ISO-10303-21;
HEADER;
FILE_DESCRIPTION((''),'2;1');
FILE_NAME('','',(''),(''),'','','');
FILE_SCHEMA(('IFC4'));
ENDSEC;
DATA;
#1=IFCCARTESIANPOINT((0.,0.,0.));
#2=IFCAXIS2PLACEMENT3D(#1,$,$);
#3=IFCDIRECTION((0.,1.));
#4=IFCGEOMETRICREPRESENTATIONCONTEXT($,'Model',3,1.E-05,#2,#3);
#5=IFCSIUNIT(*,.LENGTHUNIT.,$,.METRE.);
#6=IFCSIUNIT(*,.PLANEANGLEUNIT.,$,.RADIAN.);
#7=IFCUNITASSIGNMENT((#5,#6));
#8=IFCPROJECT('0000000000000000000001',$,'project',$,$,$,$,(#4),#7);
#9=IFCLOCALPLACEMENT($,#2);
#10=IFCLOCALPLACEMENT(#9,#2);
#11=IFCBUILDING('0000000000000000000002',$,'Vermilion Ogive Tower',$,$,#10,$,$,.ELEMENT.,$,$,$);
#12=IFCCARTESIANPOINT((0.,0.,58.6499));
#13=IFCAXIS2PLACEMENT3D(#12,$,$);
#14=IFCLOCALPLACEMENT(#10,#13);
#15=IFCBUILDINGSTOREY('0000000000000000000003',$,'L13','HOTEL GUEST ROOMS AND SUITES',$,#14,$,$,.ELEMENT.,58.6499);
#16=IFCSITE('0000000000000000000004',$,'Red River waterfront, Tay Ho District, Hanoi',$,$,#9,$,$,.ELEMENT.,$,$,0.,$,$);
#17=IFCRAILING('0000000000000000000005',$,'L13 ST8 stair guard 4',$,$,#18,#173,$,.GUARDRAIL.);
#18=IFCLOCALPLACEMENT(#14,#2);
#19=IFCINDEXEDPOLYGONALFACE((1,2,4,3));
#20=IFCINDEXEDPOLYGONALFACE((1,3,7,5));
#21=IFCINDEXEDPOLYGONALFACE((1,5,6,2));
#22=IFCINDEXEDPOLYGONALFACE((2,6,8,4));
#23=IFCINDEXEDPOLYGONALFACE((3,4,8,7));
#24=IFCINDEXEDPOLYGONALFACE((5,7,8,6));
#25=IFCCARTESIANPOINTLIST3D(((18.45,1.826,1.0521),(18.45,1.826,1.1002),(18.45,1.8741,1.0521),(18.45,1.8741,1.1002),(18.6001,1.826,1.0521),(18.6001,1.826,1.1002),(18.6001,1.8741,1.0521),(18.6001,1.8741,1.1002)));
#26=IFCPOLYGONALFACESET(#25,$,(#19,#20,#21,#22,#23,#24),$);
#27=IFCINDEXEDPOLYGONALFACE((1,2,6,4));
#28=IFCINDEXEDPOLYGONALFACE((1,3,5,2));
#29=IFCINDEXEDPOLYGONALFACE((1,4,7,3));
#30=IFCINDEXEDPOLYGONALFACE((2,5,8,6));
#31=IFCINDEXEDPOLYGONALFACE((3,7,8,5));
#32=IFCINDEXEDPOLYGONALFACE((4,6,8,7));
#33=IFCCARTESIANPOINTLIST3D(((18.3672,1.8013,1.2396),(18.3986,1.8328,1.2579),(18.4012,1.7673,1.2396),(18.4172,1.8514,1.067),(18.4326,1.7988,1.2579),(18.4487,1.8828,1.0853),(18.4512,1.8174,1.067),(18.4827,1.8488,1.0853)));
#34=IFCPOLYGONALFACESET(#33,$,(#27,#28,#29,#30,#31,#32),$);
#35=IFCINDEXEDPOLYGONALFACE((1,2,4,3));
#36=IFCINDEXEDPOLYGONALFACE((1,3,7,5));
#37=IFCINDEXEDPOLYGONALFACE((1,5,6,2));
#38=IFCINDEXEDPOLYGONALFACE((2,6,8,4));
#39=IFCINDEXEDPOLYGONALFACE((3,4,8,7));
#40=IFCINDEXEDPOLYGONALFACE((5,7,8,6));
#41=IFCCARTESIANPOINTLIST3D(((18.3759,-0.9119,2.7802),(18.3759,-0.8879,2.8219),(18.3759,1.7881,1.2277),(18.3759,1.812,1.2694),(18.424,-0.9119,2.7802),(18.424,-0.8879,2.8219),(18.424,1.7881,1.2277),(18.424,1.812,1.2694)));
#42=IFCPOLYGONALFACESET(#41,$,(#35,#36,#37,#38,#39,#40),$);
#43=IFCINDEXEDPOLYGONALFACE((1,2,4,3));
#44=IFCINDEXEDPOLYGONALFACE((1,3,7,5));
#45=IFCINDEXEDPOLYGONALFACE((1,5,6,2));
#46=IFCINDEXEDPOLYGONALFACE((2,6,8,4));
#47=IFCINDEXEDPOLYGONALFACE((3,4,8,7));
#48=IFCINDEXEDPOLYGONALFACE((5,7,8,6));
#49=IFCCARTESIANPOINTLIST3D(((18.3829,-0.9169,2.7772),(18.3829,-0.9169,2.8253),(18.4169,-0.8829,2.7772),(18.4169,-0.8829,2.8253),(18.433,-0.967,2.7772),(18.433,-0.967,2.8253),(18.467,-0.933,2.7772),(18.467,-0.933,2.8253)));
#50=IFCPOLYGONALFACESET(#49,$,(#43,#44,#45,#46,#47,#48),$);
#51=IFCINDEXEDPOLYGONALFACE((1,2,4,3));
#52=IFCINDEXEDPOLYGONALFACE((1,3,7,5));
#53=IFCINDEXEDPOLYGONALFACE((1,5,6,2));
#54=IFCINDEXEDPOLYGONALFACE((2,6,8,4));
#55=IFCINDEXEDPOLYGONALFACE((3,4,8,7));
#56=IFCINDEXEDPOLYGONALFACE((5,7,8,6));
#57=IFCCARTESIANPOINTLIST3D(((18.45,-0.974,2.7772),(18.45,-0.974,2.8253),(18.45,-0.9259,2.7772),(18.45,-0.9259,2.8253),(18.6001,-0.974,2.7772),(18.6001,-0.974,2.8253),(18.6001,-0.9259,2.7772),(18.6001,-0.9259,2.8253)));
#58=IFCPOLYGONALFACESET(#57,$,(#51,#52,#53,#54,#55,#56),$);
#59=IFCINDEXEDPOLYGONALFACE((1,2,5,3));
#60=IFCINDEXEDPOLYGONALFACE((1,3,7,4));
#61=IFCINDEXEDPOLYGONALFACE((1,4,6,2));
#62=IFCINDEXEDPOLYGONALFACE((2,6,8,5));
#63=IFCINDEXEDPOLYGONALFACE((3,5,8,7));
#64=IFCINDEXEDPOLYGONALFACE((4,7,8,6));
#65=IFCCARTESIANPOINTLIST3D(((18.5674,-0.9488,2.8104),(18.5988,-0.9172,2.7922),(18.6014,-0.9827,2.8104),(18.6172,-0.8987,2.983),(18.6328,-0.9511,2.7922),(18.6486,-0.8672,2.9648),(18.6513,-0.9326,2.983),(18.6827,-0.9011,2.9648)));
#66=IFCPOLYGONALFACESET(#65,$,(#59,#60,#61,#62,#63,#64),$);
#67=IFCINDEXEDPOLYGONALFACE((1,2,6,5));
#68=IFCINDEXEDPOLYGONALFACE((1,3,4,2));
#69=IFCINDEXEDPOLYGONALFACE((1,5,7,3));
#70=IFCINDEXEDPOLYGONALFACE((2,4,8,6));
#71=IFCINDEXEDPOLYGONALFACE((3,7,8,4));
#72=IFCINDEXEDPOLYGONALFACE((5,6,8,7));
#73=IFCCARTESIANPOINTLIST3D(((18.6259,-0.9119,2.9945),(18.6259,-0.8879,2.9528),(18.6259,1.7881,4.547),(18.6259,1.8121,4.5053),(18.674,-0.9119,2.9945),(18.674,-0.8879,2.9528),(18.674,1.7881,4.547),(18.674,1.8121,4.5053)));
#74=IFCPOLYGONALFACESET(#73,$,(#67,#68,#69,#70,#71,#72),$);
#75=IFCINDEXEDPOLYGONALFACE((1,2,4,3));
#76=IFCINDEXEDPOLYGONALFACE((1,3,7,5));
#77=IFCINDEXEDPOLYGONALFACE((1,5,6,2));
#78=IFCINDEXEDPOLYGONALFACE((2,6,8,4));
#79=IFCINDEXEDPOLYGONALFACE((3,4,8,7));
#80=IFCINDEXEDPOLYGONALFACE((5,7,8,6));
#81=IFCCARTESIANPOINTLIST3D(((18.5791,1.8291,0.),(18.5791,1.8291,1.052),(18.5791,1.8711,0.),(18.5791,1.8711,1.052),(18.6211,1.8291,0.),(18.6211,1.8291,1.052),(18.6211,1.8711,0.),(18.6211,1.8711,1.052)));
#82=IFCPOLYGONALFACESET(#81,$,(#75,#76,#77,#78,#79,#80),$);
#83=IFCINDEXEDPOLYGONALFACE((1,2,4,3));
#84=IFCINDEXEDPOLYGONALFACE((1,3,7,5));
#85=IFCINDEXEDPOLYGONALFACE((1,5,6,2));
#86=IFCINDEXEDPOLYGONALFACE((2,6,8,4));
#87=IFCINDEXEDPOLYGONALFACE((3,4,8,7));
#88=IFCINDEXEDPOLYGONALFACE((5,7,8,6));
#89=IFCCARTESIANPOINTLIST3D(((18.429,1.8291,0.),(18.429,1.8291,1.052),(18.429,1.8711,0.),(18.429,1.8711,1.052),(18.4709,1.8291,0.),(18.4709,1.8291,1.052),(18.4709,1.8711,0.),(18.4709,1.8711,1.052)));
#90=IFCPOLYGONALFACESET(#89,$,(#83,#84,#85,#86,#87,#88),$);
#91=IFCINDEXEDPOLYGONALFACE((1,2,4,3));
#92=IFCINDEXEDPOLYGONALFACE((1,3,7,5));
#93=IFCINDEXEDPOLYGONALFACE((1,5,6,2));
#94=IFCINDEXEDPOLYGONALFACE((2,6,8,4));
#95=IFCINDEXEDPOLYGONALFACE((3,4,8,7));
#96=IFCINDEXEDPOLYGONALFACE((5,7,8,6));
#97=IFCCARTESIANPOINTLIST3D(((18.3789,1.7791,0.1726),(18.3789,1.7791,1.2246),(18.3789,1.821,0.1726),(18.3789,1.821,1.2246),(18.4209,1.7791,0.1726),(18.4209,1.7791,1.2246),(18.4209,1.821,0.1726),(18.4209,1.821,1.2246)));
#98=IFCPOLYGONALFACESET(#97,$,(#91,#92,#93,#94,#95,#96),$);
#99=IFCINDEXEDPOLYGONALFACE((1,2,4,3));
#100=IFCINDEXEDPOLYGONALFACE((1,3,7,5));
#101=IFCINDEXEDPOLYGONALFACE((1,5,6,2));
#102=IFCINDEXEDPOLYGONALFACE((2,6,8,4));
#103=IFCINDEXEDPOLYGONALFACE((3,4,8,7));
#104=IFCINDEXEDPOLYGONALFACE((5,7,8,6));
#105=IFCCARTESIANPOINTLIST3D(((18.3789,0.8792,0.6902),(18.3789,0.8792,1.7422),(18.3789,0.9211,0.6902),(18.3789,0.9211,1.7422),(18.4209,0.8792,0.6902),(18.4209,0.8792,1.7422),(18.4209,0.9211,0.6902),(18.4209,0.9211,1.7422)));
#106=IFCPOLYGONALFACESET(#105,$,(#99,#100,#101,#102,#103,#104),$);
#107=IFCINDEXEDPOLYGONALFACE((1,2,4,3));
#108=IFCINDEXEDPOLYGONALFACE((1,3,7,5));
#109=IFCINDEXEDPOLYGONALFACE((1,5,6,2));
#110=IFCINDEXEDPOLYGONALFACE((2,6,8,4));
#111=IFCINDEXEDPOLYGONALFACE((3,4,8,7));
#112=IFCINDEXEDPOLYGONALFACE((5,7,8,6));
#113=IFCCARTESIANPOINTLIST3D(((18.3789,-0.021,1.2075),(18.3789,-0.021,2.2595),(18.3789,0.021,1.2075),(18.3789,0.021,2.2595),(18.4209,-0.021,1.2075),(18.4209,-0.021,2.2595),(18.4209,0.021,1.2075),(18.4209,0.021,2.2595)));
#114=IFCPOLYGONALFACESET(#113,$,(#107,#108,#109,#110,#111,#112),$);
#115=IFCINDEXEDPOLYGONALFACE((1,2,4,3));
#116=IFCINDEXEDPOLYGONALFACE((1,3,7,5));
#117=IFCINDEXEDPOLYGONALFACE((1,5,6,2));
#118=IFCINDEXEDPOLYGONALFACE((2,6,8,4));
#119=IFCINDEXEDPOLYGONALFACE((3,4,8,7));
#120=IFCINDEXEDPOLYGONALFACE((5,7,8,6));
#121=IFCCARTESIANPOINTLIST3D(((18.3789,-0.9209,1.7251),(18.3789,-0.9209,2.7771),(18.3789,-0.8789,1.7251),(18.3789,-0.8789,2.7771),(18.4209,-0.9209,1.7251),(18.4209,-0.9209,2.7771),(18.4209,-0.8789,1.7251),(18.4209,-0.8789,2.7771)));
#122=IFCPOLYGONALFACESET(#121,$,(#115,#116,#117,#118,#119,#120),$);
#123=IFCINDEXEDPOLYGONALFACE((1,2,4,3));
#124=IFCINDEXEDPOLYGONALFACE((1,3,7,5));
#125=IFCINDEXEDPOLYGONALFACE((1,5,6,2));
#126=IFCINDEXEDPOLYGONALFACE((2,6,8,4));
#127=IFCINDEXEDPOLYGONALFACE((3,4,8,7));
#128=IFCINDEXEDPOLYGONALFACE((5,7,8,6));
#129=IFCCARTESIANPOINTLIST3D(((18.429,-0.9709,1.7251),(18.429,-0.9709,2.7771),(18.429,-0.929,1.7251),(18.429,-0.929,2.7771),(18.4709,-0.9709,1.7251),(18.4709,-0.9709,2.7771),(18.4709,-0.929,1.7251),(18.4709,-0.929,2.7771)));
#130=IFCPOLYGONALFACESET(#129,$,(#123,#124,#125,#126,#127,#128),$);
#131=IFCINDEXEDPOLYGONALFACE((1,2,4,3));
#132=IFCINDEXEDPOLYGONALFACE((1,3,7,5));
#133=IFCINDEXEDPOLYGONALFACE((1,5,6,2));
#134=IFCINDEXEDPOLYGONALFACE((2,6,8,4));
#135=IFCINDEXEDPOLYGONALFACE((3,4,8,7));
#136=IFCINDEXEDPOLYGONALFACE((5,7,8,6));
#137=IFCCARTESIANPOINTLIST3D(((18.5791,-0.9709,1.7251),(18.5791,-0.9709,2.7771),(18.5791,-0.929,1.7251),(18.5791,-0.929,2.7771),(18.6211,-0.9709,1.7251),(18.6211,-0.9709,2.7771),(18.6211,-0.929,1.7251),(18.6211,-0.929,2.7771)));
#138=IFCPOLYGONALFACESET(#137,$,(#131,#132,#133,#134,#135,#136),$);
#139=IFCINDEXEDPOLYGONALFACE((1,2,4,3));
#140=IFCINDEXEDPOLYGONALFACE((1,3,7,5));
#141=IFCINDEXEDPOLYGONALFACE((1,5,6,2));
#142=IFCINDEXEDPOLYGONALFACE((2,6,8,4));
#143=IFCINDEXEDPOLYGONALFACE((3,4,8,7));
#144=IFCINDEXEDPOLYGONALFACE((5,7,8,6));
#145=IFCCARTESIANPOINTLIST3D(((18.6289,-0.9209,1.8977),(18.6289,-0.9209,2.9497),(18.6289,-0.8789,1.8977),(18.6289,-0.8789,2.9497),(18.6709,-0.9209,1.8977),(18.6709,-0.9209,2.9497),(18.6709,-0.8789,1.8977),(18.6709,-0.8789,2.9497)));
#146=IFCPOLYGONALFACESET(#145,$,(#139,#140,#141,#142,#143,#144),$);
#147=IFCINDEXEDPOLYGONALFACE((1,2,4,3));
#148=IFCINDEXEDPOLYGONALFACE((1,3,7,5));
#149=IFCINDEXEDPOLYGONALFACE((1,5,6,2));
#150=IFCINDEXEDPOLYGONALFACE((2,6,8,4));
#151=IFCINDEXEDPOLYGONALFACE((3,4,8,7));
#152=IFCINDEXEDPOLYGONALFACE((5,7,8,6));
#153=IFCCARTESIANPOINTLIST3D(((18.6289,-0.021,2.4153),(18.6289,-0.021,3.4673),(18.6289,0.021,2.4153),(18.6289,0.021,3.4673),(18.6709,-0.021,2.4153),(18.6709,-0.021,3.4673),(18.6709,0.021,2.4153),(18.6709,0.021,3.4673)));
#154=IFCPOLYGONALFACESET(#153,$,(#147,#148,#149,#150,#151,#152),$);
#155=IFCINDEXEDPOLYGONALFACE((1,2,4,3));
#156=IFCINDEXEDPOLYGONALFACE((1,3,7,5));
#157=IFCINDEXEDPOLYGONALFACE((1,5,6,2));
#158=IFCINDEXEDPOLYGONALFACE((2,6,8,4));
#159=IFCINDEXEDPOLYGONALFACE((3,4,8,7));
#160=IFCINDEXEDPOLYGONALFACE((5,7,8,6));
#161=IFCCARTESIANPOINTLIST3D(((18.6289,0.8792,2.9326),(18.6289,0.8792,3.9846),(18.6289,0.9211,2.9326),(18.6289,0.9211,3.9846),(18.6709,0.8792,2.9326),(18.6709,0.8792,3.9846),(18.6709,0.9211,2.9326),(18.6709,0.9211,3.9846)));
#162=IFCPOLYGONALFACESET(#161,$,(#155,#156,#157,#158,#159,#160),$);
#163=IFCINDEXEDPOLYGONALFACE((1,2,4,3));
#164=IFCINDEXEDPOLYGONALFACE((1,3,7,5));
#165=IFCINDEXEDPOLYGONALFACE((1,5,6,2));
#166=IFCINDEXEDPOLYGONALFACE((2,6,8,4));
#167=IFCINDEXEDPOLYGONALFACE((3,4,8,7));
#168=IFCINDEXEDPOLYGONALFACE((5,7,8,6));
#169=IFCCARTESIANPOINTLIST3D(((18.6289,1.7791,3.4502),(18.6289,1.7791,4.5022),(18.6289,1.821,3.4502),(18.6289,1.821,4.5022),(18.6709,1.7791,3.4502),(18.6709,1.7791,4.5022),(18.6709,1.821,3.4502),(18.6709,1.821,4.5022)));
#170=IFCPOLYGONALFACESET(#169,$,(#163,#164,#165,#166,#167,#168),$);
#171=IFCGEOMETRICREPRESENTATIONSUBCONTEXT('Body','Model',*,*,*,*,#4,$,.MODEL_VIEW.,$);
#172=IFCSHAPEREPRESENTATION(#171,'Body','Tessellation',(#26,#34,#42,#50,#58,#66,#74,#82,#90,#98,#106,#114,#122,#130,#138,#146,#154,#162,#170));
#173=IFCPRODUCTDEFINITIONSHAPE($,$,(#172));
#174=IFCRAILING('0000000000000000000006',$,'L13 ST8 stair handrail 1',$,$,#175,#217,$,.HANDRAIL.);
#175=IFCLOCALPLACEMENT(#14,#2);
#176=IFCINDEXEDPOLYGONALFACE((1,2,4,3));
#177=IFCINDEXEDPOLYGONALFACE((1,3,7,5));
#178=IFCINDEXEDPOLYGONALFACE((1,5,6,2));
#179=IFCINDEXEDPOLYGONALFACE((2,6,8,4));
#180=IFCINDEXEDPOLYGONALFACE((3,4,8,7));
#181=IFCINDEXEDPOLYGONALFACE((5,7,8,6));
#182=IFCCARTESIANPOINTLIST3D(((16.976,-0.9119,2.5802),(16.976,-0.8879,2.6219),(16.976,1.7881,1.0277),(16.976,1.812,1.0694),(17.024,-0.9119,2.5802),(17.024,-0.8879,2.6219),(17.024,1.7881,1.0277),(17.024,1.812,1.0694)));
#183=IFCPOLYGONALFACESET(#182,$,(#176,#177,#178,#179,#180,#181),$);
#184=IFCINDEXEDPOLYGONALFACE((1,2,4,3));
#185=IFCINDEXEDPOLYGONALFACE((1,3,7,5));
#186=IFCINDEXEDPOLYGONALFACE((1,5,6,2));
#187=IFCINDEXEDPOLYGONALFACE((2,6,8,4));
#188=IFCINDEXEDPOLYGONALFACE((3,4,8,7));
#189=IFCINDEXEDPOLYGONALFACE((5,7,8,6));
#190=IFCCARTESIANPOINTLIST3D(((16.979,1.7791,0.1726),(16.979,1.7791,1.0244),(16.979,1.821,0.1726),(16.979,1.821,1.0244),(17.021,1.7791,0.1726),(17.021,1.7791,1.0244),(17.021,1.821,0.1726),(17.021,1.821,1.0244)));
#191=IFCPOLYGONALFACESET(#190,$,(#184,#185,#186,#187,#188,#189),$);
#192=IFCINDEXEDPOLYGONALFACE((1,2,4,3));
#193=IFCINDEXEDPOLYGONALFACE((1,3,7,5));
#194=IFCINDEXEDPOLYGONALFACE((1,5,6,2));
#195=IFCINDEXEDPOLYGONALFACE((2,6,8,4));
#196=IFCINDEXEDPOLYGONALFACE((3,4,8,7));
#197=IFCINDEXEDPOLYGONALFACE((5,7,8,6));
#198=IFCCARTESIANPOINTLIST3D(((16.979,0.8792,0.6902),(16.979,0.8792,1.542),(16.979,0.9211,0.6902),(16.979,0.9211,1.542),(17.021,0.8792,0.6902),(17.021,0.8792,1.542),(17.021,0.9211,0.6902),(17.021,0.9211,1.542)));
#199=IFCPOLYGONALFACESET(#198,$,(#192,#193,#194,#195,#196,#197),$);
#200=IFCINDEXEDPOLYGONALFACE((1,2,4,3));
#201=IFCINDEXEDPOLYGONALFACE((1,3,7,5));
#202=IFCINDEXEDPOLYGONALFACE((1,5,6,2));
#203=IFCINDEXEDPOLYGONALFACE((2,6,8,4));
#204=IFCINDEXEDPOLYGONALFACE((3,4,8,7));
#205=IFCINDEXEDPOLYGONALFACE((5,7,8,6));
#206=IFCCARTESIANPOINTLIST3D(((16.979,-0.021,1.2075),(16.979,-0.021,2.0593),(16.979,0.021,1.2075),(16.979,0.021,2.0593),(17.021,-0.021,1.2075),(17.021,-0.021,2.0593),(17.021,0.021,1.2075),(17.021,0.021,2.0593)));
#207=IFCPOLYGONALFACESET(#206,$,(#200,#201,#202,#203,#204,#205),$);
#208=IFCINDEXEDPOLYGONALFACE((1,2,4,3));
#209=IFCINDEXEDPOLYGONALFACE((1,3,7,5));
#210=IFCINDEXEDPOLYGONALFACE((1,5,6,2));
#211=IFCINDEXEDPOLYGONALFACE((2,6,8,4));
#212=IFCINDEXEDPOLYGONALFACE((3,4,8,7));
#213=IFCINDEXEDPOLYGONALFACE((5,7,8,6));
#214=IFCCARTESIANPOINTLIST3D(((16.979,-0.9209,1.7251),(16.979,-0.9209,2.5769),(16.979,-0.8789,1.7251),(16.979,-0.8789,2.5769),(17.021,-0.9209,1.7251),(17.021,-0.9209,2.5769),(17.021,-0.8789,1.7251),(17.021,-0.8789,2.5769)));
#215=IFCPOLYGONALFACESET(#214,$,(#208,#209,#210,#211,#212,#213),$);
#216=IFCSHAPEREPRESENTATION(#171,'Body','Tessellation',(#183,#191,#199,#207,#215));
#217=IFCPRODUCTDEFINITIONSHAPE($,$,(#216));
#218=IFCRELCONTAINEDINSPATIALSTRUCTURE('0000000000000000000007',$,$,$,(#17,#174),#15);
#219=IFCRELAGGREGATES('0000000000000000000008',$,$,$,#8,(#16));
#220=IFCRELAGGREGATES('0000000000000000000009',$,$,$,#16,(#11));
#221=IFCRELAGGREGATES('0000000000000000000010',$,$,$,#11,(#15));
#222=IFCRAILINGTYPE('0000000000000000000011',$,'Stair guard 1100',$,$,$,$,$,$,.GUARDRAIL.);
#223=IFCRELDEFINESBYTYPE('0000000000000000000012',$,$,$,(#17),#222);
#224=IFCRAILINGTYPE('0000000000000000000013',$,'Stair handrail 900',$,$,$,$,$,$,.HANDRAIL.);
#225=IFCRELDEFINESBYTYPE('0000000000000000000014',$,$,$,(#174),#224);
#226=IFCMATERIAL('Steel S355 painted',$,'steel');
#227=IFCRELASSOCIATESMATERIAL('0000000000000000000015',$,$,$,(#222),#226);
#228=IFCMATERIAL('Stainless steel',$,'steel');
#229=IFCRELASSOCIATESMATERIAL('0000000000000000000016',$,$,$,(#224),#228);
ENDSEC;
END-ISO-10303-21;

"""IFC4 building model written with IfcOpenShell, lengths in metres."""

from ifc_helpers import new_model, si_unit, direction, frame, origin, origin_2d, place, context, subcontext, project, spatial, rectangle, extrude, material, type_object, element, save


model = new_model("IFC4")

# Units and contexts
model_context = context("Model", 3, precision=1e-05, world=origin(), true_north=direction((0.0, 1.0)))
body_context = subcontext(model_context, "Body", "Model", "MODEL_VIEW")
ifc_project = project(units=[si_unit("LENGTHUNIT", "METRE"), si_unit("PLANEANGLEUNIT", "RADIAN")], contexts=[model_context])

# Site, building, storey
site_placement = place(None, origin())
site = spatial("IfcSite", under=ifc_project, at=site_placement, Name="Red River waterfront, Tay Ho District, Hanoi", CompositionType="ELEMENT", RefElevation=0.0)
building_placement = place(site_placement, origin())
building = spatial("IfcBuilding", under=site, at=building_placement, Name="Vermilion Ogive Tower", CompositionType="ELEMENT")
storey_placement = place(building_placement, frame((0.0, 0.0, 58.6499)))
storey = spatial("IfcBuildingStorey", under=building, at=storey_placement, Name="L13", Description="HOTEL GUEST ROOMS AND SUITES", CompositionType="ELEMENT", Elevation=58.6499)

# Railings
ifc_material_1 = material(Name="Steel S355 painted", Category="steel")
railing_type_1 = type_object("IfcRailingType", Name="Stair guard 1100", PredefinedType="GUARDRAIL", material=ifc_material_1)
railing_1_placement = place(storey_placement, frame((18.6001, 1.8501, 0.0)))
element("IfcRailing", 1, at=railing_1_placement, inside=storey, type_object=railing_type_1, Name="L13 ST8 stair guard 4", PredefinedType="GUARDRAIL", context=body_context, shape_type="SweptSolid", body=[
    extrude(rectangle(XDim=0.0481, YDim=0.0481, at=origin_2d()), frame((0.0, 0.0, 1.0762), z_axis=(-1.0, 0.0, 0.0), x_axis=(0.0, -1.0, 0.0)), (0.0, 0.0, 1.0), 0.1501),
    extrude(rectangle(XDim=0.0481, YDim=0.0481, at=origin_2d()), frame((-0.1501, 0.0, 1.0762), z_axis=(-0.268278, -0.268278, 0.925232), x_axis=(0.707107, -0.707107, 0.0)), (0.0, 0.0, 1.0), 0.1865),
    extrude(rectangle(XDim=0.0481, YDim=0.0481, at=origin_2d()), frame((-0.2002, -0.05, 1.2485), z_axis=(0.0, -0.866904, 0.498476), x_axis=(1.0, 0.0, 0.0)), (0.0, 0.0, 1.0), 3.1145),
    extrude(rectangle(XDim=0.0481, YDim=0.0481, at=origin_2d()), frame((-0.2002, -2.75, 2.8013), z_axis=(0.707107, -0.707107, 0.0), x_axis=(0.707107, 0.707107, 0.0)), (0.0, 0.0, 1.0), 0.0708),
    extrude(rectangle(XDim=0.0481, YDim=0.0481, at=origin_2d()), frame((-0.1501, -2.8, 2.8013), z_axis=(1.0, 0.0, 0.0), x_axis=(0.0, 1.0, 0.0)), (0.0, 0.0, 1.0), 0.1501),
    extrude(rectangle(XDim=0.0481, YDim=0.0481, at=origin_2d()), frame((0.0, -2.8, 2.8013), z_axis=(0.267063, 0.268372, 0.925556), x_axis=(-0.708834, 0.705376, 0.0)), (0.0, 0.0, 1.0), 0.1865),
    extrude(rectangle(XDim=0.0481, YDim=0.0481, at=origin_2d()), frame((0.0498, -2.75, 2.9736), z_axis=(0.0, 0.866904, 0.498476), x_axis=(-1.0, 0.0, 0.0)), (0.0, 0.0, 1.0), 3.1145),
    extrude(rectangle(XDim=0.042, YDim=0.042, at=origin_2d()), origin(), (0.0, 0.0, 1.0), 1.052),
    extrude(rectangle(XDim=0.042, YDim=0.042, at=origin_2d()), frame((-0.1501, 0.0, 0.0)), (0.0, 0.0, 1.0), 1.052),
    extrude(rectangle(XDim=0.042, YDim=0.042, at=origin_2d()), frame((-0.2002, -0.05, 0.1726)), (0.0, 0.0, 1.0), 1.052),
    extrude(rectangle(XDim=0.042, YDim=0.042, at=origin_2d()), frame((-0.2002, -0.95, 0.6902)), (0.0, 0.0, 1.0), 1.052),
    extrude(rectangle(XDim=0.042, YDim=0.042, at=origin_2d()), frame((-0.2002, -1.8501, 1.2075)), (0.0, 0.0, 1.0), 1.052),
    extrude(rectangle(XDim=0.042, YDim=0.042, at=origin_2d()), frame((-0.2002, -2.75, 1.7251)), (0.0, 0.0, 1.0), 1.052),
    extrude(rectangle(XDim=0.042, YDim=0.042, at=origin_2d()), frame((-0.1501, -2.8, 1.7251)), (0.0, 0.0, 1.0), 1.052),
    extrude(rectangle(XDim=0.042, YDim=0.042, at=origin_2d()), frame((0.0, -2.8, 1.7251)), (0.0, 0.0, 1.0), 1.052),
    extrude(rectangle(XDim=0.042, YDim=0.042, at=origin_2d()), frame((0.0498, -2.75, 1.8977)), (0.0, 0.0, 1.0), 1.052),
    extrude(rectangle(XDim=0.042, YDim=0.042, at=origin_2d()), frame((0.0498, -1.8501, 2.4153)), (0.0, 0.0, 1.0), 1.052),
    extrude(rectangle(XDim=0.042, YDim=0.042, at=origin_2d()), frame((0.0498, -0.95, 2.9326)), (0.0, 0.0, 1.0), 1.052),
    extrude(rectangle(XDim=0.042, YDim=0.042, at=origin_2d()), frame((0.0498, -0.05, 3.4502)), (0.0, 0.0, 1.0), 1.052),
])
ifc_material_2 = material(Name="Stainless steel", Category="steel")
railing_type_2 = type_object("IfcRailingType", Name="Stair handrail 900", PredefinedType="HANDRAIL", material=ifc_material_2)
railing_2_placement = place(storey_placement, frame((17.0, 1.8, 0.1726)))
element("IfcRailing", 2, at=railing_2_placement, inside=storey, type_object=railing_type_2, Name="L13 ST8 stair handrail 1", PredefinedType="HANDRAIL", context=body_context, shape_type="SweptSolid", body=[
    extrude(rectangle(XDim=0.0481, YDim=0.0481, at=origin_2d()), frame((0.0, 0.0, 0.876), z_axis=(0.0, -0.866904, 0.498476), x_axis=(1.0, 0.0, 0.0)), (0.0, 0.0, 1.0), 3.1145),
    extrude(rectangle(XDim=0.042, YDim=0.042, at=origin_2d()), origin(), (0.0, 0.0, 1.0), 0.8518),
    extrude(rectangle(XDim=0.042, YDim=0.042, at=origin_2d()), frame((0.0, -0.8999, 0.5176)), (0.0, 0.0, 1.0), 0.8518),
    extrude(rectangle(XDim=0.042, YDim=0.042, at=origin_2d()), frame((0.0, -1.8, 1.0349)), (0.0, 0.0, 1.0), 0.8518),
    extrude(rectangle(XDim=0.042, YDim=0.042, at=origin_2d()), frame((0.0, -2.7, 1.5525)), (0.0, 0.0, 1.0), 0.8518),
])

save(model, "model.ifc")
